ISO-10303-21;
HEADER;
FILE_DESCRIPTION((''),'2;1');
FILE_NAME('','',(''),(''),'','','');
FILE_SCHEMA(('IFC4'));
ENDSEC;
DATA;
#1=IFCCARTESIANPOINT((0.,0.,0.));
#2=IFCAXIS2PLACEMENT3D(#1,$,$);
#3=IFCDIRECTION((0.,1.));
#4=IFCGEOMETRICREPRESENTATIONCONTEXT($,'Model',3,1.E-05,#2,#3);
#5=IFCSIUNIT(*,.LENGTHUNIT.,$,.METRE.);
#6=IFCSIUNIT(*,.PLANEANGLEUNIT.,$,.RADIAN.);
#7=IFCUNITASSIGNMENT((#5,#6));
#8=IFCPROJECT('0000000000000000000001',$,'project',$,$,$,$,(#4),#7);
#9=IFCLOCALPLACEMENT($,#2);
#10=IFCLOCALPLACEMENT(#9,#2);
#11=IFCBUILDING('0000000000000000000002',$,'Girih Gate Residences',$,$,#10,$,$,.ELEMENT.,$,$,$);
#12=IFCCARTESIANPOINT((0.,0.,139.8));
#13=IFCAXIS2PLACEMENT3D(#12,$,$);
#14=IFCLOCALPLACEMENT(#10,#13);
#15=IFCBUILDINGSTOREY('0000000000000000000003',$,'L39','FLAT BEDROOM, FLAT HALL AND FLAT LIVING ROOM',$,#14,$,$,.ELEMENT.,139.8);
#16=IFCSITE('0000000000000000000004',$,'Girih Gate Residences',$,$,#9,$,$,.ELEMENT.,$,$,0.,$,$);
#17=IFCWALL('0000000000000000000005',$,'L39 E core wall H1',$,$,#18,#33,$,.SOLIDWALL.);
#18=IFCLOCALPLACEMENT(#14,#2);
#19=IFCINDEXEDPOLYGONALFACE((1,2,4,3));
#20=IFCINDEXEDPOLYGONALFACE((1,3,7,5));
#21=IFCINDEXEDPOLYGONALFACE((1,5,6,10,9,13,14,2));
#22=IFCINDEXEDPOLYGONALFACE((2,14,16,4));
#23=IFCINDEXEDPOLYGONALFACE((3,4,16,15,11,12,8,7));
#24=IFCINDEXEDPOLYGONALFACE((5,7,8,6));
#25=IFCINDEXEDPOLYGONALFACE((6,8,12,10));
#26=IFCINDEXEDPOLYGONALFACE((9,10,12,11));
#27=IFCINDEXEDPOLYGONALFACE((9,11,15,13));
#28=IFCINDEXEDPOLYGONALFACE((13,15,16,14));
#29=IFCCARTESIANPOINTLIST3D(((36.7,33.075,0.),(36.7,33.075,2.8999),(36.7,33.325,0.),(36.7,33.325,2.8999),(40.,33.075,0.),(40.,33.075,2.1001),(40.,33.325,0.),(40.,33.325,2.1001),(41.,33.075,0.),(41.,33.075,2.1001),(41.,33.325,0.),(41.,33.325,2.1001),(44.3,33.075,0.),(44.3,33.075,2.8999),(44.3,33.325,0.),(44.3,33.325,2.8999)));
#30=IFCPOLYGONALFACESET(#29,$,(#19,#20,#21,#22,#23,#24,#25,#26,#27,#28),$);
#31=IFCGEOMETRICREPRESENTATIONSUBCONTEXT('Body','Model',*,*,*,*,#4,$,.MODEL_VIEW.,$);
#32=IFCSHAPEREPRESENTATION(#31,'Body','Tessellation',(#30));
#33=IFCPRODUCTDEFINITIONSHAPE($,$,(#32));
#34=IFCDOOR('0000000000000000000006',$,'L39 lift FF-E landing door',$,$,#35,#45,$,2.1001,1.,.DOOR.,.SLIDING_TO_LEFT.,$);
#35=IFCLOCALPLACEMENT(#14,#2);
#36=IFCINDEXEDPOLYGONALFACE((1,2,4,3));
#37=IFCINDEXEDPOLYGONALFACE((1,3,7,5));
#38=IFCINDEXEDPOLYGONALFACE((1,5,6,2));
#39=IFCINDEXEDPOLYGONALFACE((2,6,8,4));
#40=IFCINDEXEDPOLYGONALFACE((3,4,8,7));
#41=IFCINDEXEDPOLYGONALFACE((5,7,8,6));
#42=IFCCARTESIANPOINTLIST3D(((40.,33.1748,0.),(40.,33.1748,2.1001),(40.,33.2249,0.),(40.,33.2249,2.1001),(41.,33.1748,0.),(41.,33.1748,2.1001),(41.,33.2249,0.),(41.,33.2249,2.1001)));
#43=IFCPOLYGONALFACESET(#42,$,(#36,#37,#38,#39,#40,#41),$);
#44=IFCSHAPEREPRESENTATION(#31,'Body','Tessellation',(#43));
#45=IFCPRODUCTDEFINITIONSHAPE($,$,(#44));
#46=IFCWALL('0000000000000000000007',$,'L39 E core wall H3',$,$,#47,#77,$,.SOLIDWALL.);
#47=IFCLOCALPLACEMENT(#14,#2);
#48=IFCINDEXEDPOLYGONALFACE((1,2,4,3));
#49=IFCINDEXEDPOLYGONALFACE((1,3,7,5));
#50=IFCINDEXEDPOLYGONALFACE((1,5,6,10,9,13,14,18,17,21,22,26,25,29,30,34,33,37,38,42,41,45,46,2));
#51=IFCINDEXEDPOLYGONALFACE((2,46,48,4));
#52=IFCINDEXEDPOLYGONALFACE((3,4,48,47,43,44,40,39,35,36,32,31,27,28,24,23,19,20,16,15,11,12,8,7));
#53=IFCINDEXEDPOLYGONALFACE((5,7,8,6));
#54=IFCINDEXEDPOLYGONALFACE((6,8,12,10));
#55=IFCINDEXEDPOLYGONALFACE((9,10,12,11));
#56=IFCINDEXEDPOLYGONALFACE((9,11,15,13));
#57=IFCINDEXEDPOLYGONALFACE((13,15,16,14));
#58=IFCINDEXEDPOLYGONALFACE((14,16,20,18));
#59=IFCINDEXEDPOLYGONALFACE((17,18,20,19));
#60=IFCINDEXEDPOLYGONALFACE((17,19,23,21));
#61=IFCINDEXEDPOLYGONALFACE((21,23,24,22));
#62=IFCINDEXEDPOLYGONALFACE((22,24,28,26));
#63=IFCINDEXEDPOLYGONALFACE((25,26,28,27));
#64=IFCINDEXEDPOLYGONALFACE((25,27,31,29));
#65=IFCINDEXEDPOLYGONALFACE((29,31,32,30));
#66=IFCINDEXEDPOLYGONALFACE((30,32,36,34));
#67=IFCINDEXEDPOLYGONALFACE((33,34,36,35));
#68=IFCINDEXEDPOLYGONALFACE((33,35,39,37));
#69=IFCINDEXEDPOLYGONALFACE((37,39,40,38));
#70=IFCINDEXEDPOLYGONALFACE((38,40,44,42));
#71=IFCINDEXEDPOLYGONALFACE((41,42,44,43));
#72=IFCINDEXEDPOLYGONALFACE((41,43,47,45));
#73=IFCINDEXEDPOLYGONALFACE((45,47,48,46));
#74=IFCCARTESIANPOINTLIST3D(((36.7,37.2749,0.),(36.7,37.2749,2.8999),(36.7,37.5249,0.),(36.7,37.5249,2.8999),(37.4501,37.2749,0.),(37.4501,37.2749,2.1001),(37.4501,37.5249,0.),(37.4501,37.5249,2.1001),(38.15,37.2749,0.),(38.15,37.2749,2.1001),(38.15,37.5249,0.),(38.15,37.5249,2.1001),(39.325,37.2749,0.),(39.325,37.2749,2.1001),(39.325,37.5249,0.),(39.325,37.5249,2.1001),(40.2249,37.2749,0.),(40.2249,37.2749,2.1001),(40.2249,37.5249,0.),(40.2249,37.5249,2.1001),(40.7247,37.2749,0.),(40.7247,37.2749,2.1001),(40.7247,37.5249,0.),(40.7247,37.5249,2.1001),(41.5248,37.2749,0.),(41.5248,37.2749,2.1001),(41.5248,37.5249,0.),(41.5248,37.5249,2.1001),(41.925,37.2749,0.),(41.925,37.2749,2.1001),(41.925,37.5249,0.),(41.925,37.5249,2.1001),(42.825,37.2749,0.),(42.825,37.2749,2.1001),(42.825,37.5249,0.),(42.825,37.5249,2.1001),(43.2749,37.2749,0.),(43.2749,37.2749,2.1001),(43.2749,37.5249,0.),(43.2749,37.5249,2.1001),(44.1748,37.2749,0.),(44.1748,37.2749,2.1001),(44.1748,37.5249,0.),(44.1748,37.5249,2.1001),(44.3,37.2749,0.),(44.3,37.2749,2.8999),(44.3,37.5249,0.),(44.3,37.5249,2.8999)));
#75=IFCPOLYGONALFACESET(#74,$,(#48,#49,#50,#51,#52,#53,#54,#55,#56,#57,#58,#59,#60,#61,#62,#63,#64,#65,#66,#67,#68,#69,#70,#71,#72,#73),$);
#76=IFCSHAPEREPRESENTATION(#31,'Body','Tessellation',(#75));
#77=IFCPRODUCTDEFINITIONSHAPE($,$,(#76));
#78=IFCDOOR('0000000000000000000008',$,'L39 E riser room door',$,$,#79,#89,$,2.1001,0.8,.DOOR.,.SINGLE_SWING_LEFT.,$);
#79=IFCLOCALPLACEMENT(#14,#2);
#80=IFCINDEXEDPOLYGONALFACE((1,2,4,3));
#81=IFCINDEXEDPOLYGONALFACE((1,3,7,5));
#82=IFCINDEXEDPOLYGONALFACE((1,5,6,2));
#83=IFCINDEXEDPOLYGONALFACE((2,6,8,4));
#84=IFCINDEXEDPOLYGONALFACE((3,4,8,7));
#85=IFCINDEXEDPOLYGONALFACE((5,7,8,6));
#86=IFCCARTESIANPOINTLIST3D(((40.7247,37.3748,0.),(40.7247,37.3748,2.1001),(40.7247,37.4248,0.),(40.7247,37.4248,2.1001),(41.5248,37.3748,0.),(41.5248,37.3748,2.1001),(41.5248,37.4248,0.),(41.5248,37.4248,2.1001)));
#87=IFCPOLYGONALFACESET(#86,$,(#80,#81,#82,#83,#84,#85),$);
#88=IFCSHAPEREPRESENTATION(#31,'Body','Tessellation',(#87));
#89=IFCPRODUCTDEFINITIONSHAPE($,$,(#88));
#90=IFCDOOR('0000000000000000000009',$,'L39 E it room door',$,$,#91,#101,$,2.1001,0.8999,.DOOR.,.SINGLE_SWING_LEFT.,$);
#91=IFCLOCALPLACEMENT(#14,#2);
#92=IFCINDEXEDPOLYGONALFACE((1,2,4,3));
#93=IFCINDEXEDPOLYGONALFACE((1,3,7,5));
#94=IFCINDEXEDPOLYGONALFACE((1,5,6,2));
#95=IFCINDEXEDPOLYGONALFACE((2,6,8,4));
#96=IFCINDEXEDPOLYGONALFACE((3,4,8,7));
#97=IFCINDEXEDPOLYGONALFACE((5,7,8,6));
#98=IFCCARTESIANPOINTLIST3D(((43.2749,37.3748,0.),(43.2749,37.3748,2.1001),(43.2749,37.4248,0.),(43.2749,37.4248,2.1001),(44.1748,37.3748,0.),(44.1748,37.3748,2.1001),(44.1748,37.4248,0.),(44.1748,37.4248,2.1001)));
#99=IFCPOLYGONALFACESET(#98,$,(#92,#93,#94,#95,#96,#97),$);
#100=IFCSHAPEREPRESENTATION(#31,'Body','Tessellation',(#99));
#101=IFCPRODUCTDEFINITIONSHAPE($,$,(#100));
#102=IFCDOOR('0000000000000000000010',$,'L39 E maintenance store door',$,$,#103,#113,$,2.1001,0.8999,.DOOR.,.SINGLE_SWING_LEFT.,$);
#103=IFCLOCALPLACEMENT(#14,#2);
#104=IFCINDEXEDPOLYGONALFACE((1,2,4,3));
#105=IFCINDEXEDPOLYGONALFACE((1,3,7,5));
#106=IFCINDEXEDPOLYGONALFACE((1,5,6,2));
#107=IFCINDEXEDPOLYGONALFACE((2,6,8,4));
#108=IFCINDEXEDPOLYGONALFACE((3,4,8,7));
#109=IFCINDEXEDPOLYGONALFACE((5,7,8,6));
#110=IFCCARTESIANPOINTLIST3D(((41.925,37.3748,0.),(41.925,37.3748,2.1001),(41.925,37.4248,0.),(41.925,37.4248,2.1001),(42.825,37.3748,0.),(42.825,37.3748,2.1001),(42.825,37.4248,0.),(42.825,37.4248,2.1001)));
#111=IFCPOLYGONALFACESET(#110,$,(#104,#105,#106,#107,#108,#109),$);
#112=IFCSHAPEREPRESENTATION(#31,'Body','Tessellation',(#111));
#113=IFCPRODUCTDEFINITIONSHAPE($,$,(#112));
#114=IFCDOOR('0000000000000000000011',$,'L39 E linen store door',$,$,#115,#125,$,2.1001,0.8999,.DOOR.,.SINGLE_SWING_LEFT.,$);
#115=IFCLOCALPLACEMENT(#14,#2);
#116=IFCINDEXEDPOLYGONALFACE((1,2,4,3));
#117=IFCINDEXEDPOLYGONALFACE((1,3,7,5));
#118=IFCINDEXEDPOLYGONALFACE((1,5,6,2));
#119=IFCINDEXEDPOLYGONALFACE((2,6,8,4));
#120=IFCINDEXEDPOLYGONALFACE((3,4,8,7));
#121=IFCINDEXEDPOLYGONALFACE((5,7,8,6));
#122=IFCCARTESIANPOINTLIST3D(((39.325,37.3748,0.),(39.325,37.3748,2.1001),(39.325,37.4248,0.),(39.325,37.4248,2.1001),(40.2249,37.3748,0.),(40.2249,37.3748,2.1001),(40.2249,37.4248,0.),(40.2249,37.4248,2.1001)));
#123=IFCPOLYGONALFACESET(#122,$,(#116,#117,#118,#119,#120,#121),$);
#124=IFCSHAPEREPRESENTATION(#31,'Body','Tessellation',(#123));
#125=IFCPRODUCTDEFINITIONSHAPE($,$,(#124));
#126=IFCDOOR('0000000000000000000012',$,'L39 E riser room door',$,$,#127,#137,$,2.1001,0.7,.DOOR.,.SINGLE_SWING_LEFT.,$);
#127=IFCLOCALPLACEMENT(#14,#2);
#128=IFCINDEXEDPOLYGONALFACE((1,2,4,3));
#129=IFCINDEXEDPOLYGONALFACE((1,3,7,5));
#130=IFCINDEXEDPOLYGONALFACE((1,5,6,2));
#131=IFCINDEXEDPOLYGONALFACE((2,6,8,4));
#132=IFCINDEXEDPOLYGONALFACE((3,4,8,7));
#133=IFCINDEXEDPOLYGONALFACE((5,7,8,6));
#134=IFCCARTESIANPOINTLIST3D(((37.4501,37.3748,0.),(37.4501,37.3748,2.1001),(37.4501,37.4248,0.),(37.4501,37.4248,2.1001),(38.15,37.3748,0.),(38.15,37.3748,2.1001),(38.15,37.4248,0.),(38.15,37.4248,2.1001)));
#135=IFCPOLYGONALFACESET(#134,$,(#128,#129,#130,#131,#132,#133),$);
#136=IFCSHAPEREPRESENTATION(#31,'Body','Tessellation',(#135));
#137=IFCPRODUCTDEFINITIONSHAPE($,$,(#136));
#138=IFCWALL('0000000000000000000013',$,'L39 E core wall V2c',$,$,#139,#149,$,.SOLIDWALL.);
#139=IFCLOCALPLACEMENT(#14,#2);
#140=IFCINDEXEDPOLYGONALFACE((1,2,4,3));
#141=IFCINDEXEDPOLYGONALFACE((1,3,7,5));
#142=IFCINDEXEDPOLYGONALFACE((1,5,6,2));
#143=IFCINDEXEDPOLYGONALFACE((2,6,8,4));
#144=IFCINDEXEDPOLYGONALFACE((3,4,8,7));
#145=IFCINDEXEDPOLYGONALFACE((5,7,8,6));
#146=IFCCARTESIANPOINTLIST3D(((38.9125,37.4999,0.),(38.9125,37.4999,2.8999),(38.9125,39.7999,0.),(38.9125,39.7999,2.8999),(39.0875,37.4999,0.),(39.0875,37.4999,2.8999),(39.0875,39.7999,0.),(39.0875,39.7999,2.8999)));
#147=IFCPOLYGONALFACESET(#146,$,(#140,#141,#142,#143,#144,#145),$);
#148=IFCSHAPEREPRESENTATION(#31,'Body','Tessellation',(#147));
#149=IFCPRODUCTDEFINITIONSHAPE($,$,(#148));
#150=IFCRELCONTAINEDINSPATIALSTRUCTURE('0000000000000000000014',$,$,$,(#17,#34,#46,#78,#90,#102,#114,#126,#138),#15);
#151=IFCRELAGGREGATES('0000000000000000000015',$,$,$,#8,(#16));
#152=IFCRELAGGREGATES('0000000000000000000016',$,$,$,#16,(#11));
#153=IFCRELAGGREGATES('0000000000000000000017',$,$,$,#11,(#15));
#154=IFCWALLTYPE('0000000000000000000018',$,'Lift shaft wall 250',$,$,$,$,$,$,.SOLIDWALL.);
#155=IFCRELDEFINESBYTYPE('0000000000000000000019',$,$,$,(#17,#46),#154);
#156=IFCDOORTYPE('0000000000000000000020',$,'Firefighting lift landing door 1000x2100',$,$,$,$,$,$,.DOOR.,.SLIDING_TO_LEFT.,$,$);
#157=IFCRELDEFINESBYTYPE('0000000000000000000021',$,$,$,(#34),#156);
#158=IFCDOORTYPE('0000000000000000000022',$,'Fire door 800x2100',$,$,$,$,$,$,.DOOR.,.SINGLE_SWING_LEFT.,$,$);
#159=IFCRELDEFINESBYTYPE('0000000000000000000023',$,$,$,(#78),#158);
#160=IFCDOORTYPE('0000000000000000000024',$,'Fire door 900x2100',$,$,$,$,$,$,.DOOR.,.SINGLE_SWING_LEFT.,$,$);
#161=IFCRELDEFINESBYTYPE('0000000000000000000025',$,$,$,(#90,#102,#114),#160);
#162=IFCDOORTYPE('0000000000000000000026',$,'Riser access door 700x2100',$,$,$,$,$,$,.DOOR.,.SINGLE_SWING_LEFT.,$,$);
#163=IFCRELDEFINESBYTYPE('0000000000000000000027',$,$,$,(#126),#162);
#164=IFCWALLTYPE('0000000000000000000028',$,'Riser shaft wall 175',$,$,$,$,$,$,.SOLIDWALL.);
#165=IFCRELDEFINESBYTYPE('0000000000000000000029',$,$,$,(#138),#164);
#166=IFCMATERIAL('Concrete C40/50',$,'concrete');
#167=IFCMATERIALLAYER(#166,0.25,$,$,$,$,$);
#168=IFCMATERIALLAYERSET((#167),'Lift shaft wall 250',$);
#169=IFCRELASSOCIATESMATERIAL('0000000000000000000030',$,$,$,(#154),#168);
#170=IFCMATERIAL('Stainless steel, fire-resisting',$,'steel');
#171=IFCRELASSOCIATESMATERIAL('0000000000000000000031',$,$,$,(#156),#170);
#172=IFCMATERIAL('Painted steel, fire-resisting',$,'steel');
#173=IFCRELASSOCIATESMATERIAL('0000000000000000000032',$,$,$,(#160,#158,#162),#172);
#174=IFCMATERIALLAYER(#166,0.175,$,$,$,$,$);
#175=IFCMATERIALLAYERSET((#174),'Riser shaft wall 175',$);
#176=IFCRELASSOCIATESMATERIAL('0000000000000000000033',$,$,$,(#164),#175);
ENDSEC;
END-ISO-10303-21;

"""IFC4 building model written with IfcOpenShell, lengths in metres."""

from ifc_helpers import new_model, si_unit, direction, frame, frame_2d, origin, place, context, subcontext, project, spatial, rectangle, extrude, material, layer, layer_set, type_object, element, fill, save


model = new_model("IFC4")

# Units and contexts
model_context = context("Model", 3, precision=1e-05, world=origin(), true_north=direction((0.0, 1.0)))
body_context = subcontext(model_context, "Body", "Model", "MODEL_VIEW")
ifc_project = project(units=[si_unit("LENGTHUNIT", "METRE"), si_unit("PLANEANGLEUNIT", "RADIAN")], contexts=[model_context])

# Site, building, storey
site_placement = place(None, origin())
site = spatial("IfcSite", under=ifc_project, at=site_placement, Name="Girih Gate Residences", CompositionType="ELEMENT", RefElevation=0.0)
building_placement = place(site_placement, origin())
building = spatial("IfcBuilding", under=site, at=building_placement, Name="Girih Gate Residences", CompositionType="ELEMENT")
storey_placement = place(building_placement, frame((0.0, 0.0, 139.8)))
storey = spatial("IfcBuildingStorey", under=building, at=storey_placement, Name="L39", Description="FLAT BEDROOM, FLAT HALL AND FLAT LIVING ROOM", CompositionType="ELEMENT", Elevation=139.8)

# Wall, opening, door
ifc_material_1 = material(Name="Concrete C40/50", Category="concrete")
ifc_layer_1 = layer(ifc_material_1, 0.25)
ifc_layer_set_1 = layer_set([ifc_layer_1], Name="Lift shaft wall 250")
wall_type_1 = type_object("IfcWallType", Name="Lift shaft wall 250", PredefinedType="SOLIDWALL", material=ifc_layer_set_1)
wall_1_placement = place(storey_placement, frame((36.7, 33.2, 0.0), z_axis=(0.0, 0.0, 1.0), x_axis=(1.0, 0.0, 0.0)))
wall_1 = element("IfcWall", 1, at=wall_1_placement, inside=storey, type_object=wall_type_1, Name="L39 E core wall H1", PredefinedType="SOLIDWALL", context=body_context, shape_type="SweptSolid", body=[
    extrude(rectangle(XDim=7.6001, YDim=0.25, at=frame_2d((3.8, 0.0))), origin(), (0.0, 0.0, 1.0), 2.8999),
])
opening_1_placement = place(wall_1_placement, frame((3.3, 0.0, 0.0)))
opening_1 = element("IfcOpeningElement", 2, at=opening_1_placement, cuts=wall_1, PredefinedType="OPENING", context=body_context, shape_type="SweptSolid", body=[
    extrude(rectangle(XDim=1.0, YDim=2.1001, at=frame_2d((0.5, 1.05))), frame((0.0, 0.135, 0.0), z_axis=(0.0, -1.0, 0.0), x_axis=(1.0, 0.0, 0.0)), (0.0, 0.0, 1.0), 0.27),
])
ifc_material_2 = material(Name="Stainless steel, fire-resisting", Category="steel")
door_type_1 = type_object("IfcDoorType", Name="Firefighting lift landing door 1000x2100", OperationType="SLIDING_TO_LEFT", PredefinedType="DOOR", material=ifc_material_2)
door_1_placement = place(opening_1_placement, origin())
door_1 = element("IfcDoor", 3, at=door_1_placement, inside=storey, type_object=door_type_1, Name="L39 lift FF-E landing door", OperationType="SLIDING_TO_LEFT", OverallHeight=2.1001, OverallWidth=1.0, PredefinedType="DOOR", context=body_context, shape_type="SweptSolid", body=[
    extrude(rectangle(XDim=1.0, YDim=2.1001, at=frame_2d((0.5, 1.05))), frame((0.0, 0.0249, 0.0), z_axis=(0.0, -1.0, 0.0), x_axis=(1.0, 0.0, 0.0)), (0.0, 0.0, 1.0), 0.05),
])
fill(opening_1, door_1)

# Wall, openings, doors
ifc_material_3 = material(Name="Painted steel, fire-resisting", Category="steel")
door_type_2 = type_object("IfcDoorType", Name="Fire door 900x2100", OperationType="SINGLE_SWING_LEFT", PredefinedType="DOOR", material=ifc_material_3)
wall_2_placement = place(storey_placement, frame((36.7, 37.3999, 0.0), z_axis=(0.0, 0.0, 1.0), x_axis=(1.0, 0.0, 0.0)))
wall_2 = element("IfcWall", 4, at=wall_2_placement, inside=storey, type_object=wall_type_1, Name="L39 E core wall H3", PredefinedType="SOLIDWALL", context=body_context, shape_type="SweptSolid", body=[
    extrude(rectangle(XDim=7.6001, YDim=0.25, at=frame_2d((3.8, 0.0))), origin(), (0.0, 0.0, 1.0), 2.8999),
])
opening_2_placement = place(wall_2_placement, frame((0.75, 0.0, 0.0)))
opening_2 = element("IfcOpeningElement", 5, at=opening_2_placement, cuts=wall_2, PredefinedType="OPENING", context=body_context, shape_type="SweptSolid", body=[
    extrude(rectangle(XDim=0.7, YDim=2.1001, at=frame_2d((0.3501, 1.05))), frame((0.0, 0.135, 0.0), z_axis=(0.0, -1.0, 0.0), x_axis=(1.0, 0.0, 0.0)), (0.0, 0.0, 1.0), 0.27),
])
opening_3_placement = place(wall_2_placement, frame((6.575, 0.0, 0.0)))
opening_3 = element("IfcOpeningElement", 6, at=opening_3_placement, cuts=wall_2, PredefinedType="OPENING", context=body_context, shape_type="SweptSolid", body=[
    extrude(rectangle(XDim=0.8999, YDim=2.1001, at=frame_2d((0.45, 1.05))), frame((0.0, 0.135, 0.0), z_axis=(0.0, -1.0, 0.0), x_axis=(1.0, 0.0, 0.0)), (0.0, 0.0, 1.0), 0.27),
])
opening_4_placement = place(wall_2_placement, frame((5.2251, 0.0, 0.0)))
opening_4 = element("IfcOpeningElement", 7, at=opening_4_placement, cuts=wall_2, PredefinedType="OPENING", context=body_context, shape_type="SweptSolid", body=[
    extrude(rectangle(XDim=0.8999, YDim=2.1001, at=frame_2d((0.45, 1.05))), frame((0.0, 0.135, 0.0), z_axis=(0.0, -1.0, 0.0), x_axis=(1.0, 0.0, 0.0)), (0.0, 0.0, 1.0), 0.27),
])
opening_5_placement = place(wall_2_placement, frame((4.0249, 0.0, 0.0)))
opening_5 = element("IfcOpeningElement", 8, at=opening_5_placement, cuts=wall_2, PredefinedType="OPENING", context=body_context, shape_type="SweptSolid", body=[
    extrude(rectangle(XDim=0.8, YDim=2.1001, at=frame_2d((0.3999, 1.05))), frame((0.0, 0.135, 0.0), z_axis=(0.0, -1.0, 0.0), x_axis=(1.0, 0.0, 0.0)), (0.0, 0.0, 1.0), 0.27),
])
opening_6_placement = place(wall_2_placement, frame((2.625, 0.0, 0.0)))
opening_6 = element("IfcOpeningElement", 9, at=opening_6_placement, cuts=wall_2, PredefinedType="OPENING", context=body_context, shape_type="SweptSolid", body=[
    extrude(rectangle(XDim=0.8999, YDim=2.1001, at=frame_2d((0.45, 1.05))), frame((0.0, 0.135, 0.0), z_axis=(0.0, -1.0, 0.0), x_axis=(1.0, 0.0, 0.0)), (0.0, 0.0, 1.0), 0.27),
])
door_type_3 = type_object("IfcDoorType", Name="Fire door 800x2100", OperationType="SINGLE_SWING_LEFT", PredefinedType="DOOR", material=ifc_material_3)
door_2_placement = place(opening_5_placement, origin())
door_2 = element("IfcDoor", 10, at=door_2_placement, inside=storey, type_object=door_type_3, Name="L39 E riser room door", OperationType="SINGLE_SWING_LEFT", OverallHeight=2.1001, OverallWidth=0.8, PredefinedType="DOOR", context=body_context, shape_type="SweptSolid", body=[
    extrude(rectangle(XDim=0.8, YDim=2.1001, at=frame_2d((0.3999, 1.05))), frame((0.0, 0.0249, 0.0), z_axis=(0.0, -1.0, 0.0), x_axis=(1.0, 0.0, 0.0)), (0.0, 0.0, 1.0), 0.05),
])
fill(opening_5, door_2)
door_3_placement = place(opening_3_placement, origin())
door_3 = element("IfcDoor", 11, at=door_3_placement, inside=storey, type_object=door_type_2, Name="L39 E it room door", OperationType="SINGLE_SWING_LEFT", OverallHeight=2.1001, OverallWidth=0.8999, PredefinedType="DOOR", context=body_context, shape_type="SweptSolid", body=[
    extrude(rectangle(XDim=0.8999, YDim=2.1001, at=frame_2d((0.45, 1.05))), frame((0.0, 0.0249, 0.0), z_axis=(0.0, -1.0, 0.0), x_axis=(1.0, 0.0, 0.0)), (0.0, 0.0, 1.0), 0.05),
])
fill(opening_3, door_3)
door_4_placement = place(opening_4_placement, origin())
door_4 = element("IfcDoor", 12, at=door_4_placement, inside=storey, type_object=door_type_2, Name="L39 E maintenance store door", OperationType="SINGLE_SWING_LEFT", OverallHeight=2.1001, OverallWidth=0.8999, PredefinedType="DOOR", context=body_context, shape_type="SweptSolid", body=[
    extrude(rectangle(XDim=0.8999, YDim=2.1001, at=frame_2d((0.45, 1.05))), frame((0.0, 0.0249, 0.0), z_axis=(0.0, -1.0, 0.0), x_axis=(1.0, 0.0, 0.0)), (0.0, 0.0, 1.0), 0.05),
])
fill(opening_4, door_4)
door_5_placement = place(opening_6_placement, origin())
door_5 = element("IfcDoor", 13, at=door_5_placement, inside=storey, type_object=door_type_2, Name="L39 E linen store door", OperationType="SINGLE_SWING_LEFT", OverallHeight=2.1001, OverallWidth=0.8999, PredefinedType="DOOR", context=body_context, shape_type="SweptSolid", body=[
    extrude(rectangle(XDim=0.8999, YDim=2.1001, at=frame_2d((0.45, 1.05))), frame((0.0, 0.0249, 0.0), z_axis=(0.0, -1.0, 0.0), x_axis=(1.0, 0.0, 0.0)), (0.0, 0.0, 1.0), 0.05),
])
fill(opening_6, door_5)
door_type_4 = type_object("IfcDoorType", Name="Riser access door 700x2100", OperationType="SINGLE_SWING_LEFT", PredefinedType="DOOR", material=ifc_material_3)
door_6_placement = place(opening_2_placement, origin())
door_6 = element("IfcDoor", 14, at=door_6_placement, inside=storey, type_object=door_type_4, Name="L39 E riser room door", OperationType="SINGLE_SWING_LEFT", OverallHeight=2.1001, OverallWidth=0.7, PredefinedType="DOOR", context=body_context, shape_type="SweptSolid", body=[
    extrude(rectangle(XDim=0.7, YDim=2.1001, at=frame_2d((0.3501, 1.05))), frame((0.0, 0.0249, 0.0), z_axis=(0.0, -1.0, 0.0), x_axis=(1.0, 0.0, 0.0)), (0.0, 0.0, 1.0), 0.05),
])
fill(opening_2, door_6)

# Wall
ifc_layer_2 = layer(ifc_material_1, 0.175)
ifc_layer_set_2 = layer_set([ifc_layer_2], Name="Riser shaft wall 175")
wall_type_2 = type_object("IfcWallType", Name="Riser shaft wall 175", PredefinedType="SOLIDWALL", material=ifc_layer_set_2)
wall_3_placement = place(storey_placement, frame((39.0, 37.5, 0.0), z_axis=(0.0, 0.0, 1.0), x_axis=(0.0, 1.0, 0.0)))
element("IfcWall", 15, at=wall_3_placement, inside=storey, type_object=wall_type_2, Name="L39 E core wall V2c", PredefinedType="SOLIDWALL", context=body_context, shape_type="SweptSolid", body=[
    extrude(rectangle(XDim=2.3, YDim=0.175, at=frame_2d((1.1499, 0.0))), origin(), (0.0, 0.0, 1.0), 2.8999),
])

save(model, "model.ifc")
